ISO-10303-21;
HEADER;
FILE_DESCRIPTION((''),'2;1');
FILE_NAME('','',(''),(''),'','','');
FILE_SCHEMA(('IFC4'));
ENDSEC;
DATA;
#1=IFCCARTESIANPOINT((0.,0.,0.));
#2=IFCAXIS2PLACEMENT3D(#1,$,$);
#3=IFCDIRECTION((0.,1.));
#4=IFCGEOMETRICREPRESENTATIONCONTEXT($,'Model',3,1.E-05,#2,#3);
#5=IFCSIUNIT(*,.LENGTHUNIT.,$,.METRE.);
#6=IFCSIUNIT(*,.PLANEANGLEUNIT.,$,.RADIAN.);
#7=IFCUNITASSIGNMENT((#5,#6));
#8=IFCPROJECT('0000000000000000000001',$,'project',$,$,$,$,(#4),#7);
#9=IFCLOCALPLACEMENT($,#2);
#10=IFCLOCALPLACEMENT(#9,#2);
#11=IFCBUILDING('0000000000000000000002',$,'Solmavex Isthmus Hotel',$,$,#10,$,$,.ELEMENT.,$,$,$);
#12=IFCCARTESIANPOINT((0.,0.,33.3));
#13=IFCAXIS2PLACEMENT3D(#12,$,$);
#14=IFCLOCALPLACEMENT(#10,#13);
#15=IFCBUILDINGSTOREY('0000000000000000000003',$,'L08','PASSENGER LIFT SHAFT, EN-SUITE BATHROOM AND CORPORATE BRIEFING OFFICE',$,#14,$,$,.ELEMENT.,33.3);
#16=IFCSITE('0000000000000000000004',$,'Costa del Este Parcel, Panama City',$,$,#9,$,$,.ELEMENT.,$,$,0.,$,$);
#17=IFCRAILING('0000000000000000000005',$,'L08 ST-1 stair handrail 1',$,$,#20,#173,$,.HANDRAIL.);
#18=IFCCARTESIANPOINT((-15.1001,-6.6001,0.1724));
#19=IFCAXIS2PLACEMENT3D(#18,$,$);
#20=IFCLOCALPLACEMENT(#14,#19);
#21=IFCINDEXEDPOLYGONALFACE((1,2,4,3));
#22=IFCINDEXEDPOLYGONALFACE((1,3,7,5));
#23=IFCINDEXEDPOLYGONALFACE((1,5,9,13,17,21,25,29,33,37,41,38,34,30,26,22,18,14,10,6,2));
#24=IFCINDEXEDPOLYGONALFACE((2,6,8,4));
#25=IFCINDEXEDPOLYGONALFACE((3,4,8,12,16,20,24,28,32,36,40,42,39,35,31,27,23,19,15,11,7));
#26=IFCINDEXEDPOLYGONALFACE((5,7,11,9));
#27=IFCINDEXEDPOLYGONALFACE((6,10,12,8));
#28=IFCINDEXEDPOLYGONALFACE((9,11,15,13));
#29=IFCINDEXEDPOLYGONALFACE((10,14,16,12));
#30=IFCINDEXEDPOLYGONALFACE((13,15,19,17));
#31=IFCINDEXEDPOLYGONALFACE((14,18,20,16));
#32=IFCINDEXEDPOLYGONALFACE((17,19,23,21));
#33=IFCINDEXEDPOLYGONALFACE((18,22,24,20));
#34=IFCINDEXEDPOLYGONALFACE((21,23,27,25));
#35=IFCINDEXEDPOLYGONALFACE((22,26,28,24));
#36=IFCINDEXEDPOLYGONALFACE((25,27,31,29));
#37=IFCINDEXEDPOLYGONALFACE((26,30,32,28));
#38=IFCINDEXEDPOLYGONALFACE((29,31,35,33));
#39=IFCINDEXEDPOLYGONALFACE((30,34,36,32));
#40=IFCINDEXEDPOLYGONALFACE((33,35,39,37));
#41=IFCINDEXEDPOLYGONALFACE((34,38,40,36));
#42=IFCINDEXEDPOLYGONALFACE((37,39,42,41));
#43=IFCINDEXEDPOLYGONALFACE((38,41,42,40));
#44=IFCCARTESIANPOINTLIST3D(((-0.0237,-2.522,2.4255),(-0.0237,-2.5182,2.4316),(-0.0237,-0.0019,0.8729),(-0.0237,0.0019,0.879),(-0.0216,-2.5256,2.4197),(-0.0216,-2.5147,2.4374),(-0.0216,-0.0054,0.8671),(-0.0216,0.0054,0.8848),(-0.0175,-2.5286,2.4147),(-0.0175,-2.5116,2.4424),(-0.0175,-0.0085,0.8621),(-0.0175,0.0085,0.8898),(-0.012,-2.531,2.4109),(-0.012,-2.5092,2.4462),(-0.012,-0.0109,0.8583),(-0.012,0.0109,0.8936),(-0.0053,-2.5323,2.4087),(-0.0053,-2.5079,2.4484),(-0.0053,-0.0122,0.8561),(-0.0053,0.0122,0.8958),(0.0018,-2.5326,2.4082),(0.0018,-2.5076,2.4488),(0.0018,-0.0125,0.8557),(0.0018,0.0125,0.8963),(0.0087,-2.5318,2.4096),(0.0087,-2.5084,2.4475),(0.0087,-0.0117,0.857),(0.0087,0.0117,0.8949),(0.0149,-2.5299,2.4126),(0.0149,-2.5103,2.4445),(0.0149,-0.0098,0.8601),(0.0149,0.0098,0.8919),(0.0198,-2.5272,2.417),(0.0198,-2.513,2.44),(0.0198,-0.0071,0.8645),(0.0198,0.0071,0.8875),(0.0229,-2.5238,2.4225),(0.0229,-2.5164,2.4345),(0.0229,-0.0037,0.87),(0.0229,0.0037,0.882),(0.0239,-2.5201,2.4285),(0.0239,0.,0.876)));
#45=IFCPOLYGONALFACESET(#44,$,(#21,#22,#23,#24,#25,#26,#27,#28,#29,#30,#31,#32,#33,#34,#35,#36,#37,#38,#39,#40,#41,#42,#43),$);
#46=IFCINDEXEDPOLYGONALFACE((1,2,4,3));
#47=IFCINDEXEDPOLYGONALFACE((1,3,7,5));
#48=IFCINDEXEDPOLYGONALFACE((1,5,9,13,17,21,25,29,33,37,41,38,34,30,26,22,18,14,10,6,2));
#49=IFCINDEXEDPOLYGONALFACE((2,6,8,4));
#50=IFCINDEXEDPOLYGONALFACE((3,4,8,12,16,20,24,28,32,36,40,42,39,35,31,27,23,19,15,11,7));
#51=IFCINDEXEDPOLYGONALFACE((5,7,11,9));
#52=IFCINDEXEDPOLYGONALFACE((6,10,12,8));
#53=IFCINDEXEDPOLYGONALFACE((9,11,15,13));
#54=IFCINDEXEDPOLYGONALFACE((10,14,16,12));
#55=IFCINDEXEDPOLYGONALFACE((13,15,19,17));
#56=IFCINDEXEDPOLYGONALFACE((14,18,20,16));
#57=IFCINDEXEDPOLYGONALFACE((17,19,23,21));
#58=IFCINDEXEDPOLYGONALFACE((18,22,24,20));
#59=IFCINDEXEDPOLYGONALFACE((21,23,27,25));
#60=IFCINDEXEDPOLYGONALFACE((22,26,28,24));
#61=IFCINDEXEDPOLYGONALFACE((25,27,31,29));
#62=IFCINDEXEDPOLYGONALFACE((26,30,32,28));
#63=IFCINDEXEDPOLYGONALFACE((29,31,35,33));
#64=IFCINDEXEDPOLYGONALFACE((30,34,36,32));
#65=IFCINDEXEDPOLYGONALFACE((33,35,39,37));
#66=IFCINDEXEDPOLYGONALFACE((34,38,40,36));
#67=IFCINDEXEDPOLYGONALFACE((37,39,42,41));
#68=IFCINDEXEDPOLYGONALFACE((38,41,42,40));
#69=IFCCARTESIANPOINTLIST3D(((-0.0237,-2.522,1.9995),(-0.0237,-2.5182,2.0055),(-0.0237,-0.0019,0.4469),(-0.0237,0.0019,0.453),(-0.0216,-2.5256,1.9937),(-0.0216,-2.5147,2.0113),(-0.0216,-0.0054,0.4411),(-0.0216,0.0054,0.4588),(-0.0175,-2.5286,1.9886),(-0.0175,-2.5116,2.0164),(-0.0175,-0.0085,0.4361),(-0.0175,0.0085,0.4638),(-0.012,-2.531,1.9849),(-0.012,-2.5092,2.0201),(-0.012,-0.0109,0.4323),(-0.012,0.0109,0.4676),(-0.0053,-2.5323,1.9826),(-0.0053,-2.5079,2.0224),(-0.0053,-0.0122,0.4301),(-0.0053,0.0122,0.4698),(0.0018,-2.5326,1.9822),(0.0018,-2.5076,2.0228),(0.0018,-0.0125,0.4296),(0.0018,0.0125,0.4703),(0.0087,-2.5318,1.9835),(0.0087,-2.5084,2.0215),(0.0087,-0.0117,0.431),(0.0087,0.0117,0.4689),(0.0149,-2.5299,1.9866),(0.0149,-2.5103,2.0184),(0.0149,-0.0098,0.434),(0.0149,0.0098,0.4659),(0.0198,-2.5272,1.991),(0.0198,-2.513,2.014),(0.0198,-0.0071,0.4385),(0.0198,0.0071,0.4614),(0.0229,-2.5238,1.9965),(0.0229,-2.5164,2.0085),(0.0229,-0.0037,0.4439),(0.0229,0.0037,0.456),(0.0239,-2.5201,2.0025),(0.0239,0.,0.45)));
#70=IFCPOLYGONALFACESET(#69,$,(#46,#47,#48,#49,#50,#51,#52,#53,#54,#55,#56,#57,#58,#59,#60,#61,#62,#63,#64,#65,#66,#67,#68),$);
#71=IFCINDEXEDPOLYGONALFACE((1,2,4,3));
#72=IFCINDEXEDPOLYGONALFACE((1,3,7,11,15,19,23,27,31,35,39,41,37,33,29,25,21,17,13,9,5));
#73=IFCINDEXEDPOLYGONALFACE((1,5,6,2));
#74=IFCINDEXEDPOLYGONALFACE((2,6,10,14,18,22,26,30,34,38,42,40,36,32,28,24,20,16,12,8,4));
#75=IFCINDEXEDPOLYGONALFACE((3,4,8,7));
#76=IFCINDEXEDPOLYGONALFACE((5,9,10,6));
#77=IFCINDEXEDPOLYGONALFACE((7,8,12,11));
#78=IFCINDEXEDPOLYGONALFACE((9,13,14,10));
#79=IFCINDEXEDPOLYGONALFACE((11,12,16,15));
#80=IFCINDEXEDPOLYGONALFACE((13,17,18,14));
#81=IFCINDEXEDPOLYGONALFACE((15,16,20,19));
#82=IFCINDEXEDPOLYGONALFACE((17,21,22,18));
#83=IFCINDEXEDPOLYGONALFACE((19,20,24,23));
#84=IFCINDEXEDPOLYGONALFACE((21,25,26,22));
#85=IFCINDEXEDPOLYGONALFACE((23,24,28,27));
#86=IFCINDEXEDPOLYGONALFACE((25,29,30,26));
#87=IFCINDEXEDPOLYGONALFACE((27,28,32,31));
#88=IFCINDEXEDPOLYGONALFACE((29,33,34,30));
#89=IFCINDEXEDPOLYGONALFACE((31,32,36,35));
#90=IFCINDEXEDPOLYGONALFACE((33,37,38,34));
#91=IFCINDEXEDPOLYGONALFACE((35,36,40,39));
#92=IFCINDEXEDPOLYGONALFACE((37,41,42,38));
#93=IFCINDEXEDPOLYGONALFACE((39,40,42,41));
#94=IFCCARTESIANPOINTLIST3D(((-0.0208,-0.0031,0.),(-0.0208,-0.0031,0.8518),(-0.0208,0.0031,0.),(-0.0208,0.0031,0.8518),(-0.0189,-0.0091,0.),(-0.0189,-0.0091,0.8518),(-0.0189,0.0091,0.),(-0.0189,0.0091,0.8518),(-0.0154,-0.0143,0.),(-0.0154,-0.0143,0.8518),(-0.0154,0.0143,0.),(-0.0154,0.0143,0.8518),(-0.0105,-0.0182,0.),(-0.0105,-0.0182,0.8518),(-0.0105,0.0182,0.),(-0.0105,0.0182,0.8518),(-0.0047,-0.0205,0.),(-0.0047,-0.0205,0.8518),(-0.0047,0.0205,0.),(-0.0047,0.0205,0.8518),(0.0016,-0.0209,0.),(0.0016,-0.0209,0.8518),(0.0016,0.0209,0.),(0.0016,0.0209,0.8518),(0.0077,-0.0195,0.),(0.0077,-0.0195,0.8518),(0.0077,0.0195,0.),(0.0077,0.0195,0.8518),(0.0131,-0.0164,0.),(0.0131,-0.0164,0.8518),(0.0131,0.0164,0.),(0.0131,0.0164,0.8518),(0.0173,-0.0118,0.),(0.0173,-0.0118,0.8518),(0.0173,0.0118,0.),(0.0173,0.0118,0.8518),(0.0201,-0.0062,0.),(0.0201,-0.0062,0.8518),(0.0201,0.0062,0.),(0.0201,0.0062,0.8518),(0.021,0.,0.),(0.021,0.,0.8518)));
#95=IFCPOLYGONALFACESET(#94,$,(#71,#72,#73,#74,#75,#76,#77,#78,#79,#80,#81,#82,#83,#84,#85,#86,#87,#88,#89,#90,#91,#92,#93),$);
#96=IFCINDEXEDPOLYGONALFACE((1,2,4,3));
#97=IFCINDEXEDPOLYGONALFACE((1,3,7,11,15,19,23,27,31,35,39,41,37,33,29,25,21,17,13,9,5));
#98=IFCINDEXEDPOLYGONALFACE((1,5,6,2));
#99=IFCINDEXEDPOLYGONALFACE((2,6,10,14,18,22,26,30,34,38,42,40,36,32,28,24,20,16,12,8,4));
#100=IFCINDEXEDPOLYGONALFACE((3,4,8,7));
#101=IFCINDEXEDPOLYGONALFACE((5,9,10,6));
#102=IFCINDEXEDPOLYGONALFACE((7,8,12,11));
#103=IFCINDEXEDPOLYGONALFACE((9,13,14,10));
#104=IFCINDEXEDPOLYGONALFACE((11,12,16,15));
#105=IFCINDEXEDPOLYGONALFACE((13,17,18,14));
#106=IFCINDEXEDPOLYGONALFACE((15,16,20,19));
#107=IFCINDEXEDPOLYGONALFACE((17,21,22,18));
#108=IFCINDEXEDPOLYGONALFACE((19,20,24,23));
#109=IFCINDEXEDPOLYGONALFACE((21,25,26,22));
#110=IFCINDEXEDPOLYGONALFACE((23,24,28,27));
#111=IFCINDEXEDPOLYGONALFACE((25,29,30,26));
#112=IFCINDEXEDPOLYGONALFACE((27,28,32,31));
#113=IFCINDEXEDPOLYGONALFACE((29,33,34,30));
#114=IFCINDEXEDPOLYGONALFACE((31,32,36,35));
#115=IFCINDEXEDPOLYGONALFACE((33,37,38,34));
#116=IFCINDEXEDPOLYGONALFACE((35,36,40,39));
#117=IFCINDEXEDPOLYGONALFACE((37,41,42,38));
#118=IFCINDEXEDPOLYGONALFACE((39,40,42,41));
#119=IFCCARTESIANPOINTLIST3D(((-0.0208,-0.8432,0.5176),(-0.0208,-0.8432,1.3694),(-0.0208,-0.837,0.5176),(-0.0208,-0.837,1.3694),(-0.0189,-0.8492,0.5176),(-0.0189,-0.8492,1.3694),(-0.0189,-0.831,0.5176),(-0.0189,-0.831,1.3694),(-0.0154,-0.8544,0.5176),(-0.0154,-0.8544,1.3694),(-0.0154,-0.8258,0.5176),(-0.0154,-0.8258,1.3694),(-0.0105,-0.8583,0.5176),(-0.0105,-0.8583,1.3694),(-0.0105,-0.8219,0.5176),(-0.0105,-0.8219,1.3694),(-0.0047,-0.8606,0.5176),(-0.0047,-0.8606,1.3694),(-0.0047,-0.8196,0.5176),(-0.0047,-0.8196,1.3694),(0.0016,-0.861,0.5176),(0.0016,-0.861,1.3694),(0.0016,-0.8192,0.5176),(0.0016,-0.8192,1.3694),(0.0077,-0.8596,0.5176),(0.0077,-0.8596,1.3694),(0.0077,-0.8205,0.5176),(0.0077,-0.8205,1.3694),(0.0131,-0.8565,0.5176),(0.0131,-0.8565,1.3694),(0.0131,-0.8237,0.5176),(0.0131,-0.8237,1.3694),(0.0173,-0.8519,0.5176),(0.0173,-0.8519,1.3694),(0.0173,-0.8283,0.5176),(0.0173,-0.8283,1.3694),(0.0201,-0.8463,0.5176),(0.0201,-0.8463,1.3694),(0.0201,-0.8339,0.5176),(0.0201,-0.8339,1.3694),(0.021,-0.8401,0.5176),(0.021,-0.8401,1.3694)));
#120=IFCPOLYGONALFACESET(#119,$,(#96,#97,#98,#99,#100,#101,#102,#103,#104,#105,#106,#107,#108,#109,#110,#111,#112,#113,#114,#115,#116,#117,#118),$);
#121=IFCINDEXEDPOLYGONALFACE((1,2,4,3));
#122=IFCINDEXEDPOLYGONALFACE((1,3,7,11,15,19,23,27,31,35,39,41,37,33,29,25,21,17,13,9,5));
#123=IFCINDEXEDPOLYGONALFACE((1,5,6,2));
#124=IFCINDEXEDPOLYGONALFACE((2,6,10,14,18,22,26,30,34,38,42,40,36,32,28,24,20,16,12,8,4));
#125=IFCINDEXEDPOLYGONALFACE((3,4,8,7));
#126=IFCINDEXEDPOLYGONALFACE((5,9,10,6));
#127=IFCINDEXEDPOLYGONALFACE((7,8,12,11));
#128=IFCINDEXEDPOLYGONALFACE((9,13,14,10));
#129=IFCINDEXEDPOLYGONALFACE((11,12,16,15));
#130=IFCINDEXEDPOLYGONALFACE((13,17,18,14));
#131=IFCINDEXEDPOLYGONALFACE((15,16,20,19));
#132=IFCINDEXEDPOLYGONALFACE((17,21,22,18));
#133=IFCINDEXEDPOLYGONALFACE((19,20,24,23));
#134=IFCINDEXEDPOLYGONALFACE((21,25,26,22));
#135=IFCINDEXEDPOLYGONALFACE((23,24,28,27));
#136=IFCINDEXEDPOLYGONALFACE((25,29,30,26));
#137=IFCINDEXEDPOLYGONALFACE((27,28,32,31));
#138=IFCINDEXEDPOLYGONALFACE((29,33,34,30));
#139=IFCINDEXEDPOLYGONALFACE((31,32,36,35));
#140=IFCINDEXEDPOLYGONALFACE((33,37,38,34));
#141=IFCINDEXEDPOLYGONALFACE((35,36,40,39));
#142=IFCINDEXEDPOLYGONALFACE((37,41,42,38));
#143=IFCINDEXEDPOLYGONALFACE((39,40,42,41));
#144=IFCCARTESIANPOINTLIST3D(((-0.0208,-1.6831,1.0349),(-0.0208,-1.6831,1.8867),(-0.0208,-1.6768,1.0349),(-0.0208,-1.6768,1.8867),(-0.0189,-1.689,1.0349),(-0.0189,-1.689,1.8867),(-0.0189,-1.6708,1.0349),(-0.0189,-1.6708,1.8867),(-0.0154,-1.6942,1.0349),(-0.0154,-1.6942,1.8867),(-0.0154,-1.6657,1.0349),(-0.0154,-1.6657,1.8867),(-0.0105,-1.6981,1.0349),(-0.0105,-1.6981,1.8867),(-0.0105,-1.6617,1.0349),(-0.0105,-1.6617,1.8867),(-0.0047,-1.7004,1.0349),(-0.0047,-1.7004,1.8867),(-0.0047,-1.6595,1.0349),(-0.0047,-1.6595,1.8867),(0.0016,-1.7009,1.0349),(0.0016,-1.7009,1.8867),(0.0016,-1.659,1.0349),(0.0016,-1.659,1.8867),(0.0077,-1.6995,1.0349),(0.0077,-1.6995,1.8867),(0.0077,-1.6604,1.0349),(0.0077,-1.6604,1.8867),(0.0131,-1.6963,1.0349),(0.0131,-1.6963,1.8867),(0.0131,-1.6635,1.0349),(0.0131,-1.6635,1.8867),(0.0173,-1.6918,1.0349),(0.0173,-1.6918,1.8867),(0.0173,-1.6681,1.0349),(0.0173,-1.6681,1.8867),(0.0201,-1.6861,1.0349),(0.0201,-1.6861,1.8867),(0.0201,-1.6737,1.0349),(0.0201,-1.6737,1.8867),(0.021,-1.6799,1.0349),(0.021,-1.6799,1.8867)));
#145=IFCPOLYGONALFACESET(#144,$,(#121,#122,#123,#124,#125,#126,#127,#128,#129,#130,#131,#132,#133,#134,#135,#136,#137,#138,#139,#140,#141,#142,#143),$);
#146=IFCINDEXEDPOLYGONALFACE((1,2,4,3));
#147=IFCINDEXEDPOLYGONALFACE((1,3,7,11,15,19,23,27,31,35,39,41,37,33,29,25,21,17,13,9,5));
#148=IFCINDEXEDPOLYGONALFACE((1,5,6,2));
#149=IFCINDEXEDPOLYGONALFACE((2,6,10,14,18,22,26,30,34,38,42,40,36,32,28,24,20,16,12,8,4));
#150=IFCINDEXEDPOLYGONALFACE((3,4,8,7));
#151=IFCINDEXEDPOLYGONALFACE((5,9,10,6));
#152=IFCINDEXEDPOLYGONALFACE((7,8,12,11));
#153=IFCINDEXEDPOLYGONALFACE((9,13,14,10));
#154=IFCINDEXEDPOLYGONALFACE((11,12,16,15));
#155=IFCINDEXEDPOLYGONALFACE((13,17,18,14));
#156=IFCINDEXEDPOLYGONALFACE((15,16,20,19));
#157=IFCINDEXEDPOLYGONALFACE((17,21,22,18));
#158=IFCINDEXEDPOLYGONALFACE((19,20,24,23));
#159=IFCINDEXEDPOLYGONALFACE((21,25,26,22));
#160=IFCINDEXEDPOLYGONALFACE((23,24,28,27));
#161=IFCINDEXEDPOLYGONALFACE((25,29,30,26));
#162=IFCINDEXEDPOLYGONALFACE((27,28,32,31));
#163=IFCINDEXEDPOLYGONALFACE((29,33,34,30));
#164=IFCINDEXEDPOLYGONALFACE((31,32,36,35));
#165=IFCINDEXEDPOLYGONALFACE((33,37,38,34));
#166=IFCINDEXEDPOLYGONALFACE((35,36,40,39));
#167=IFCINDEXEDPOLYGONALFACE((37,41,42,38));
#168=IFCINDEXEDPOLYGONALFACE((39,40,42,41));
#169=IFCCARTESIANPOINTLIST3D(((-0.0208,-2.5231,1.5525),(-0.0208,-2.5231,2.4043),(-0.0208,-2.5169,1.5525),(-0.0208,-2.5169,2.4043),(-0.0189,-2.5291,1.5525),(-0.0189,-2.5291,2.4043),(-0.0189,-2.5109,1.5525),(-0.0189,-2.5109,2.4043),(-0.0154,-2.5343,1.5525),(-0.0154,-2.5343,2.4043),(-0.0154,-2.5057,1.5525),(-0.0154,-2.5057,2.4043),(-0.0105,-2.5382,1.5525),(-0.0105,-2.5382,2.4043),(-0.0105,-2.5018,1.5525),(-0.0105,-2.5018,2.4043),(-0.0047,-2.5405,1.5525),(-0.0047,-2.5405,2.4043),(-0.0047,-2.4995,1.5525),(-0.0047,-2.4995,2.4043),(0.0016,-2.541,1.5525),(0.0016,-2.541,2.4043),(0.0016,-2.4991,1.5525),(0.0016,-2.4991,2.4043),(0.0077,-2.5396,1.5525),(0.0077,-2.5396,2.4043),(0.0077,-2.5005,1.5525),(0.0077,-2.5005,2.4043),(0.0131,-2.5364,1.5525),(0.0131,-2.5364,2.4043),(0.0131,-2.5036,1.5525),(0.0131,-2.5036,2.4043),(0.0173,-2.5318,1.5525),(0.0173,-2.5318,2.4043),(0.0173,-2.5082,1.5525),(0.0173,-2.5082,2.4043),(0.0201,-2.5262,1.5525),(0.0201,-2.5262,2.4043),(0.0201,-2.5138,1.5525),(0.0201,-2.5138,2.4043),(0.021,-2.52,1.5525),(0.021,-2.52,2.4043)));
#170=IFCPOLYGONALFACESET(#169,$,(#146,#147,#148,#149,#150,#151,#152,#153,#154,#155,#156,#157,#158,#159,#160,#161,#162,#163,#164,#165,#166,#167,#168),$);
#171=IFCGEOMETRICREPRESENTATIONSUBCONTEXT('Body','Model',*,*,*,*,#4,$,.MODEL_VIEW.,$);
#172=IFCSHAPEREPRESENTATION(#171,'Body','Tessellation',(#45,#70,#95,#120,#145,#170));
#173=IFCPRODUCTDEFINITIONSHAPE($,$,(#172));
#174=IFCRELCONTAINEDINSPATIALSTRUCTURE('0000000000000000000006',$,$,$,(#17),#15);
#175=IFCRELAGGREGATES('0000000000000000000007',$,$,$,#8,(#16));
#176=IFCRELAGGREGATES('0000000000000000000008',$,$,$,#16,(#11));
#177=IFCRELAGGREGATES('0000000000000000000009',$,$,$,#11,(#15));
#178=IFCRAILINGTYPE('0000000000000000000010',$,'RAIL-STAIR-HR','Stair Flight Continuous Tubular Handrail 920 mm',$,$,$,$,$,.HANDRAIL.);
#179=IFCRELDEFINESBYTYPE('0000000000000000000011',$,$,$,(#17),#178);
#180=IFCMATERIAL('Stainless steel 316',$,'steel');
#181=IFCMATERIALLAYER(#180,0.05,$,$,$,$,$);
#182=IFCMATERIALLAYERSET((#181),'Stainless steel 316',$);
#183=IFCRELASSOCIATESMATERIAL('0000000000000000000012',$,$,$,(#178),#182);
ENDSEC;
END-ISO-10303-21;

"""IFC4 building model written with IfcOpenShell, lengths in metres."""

from ifc_helpers import new_model, si_unit, direction, frame, origin, origin_2d, place, context, subcontext, project, spatial, circle, extrude, material, layer, layer_set, type_object, element, save


model = new_model("IFC4")

# Units and contexts
model_context = context("Model", 3, precision=1e-05, world=origin(), true_north=direction((0.0, 1.0)))
body_context = subcontext(model_context, "Body", "Model", "MODEL_VIEW")
ifc_project = project(units=[si_unit("LENGTHUNIT", "METRE"), si_unit("PLANEANGLEUNIT", "RADIAN")], contexts=[model_context])

# Site, building, storey
site_placement = place(None, origin())
site = spatial("IfcSite", under=ifc_project, at=site_placement, Name="Costa del Este Parcel, Panama City", CompositionType="ELEMENT", RefElevation=0.0)
building_placement = place(site_placement, origin())
building = spatial("IfcBuilding", under=site, at=building_placement, Name="Solmavex Isthmus Hotel", CompositionType="ELEMENT")
storey_placement = place(building_placement, frame((0.0, 0.0, 33.3)))
storey = spatial("IfcBuildingStorey", under=building, at=storey_placement, Name="L08", Description="PASSENGER LIFT SHAFT, EN-SUITE BATHROOM AND CORPORATE BRIEFING OFFICE", CompositionType="ELEMENT", Elevation=33.3)

# Railing
ifc_material_1 = material(Name="Stainless steel 316", Category="steel")
ifc_layer_1 = layer(ifc_material_1, 0.05)
ifc_layer_set_1 = layer_set([ifc_layer_1], Name="Stainless steel 316")
railing_type = type_object("IfcRailingType", Name="RAIL-STAIR-HR", Description="Stair Flight Continuous Tubular Handrail 920 mm", PredefinedType="HANDRAIL", material=ifc_layer_set_1)
railing_placement = place(storey_placement, frame((-15.1001, -6.6001, 0.1724)))
element("IfcRailing", 1, at=railing_placement, inside=storey, type_object=railing_type, Name="L08 ST-1 stair handrail 1", PredefinedType="HANDRAIL", context=body_context, shape_type="SweptSolid", body=[
    extrude(circle(Radius=0.0239, at=origin_2d()), frame((0.0, 0.0, 0.876), z_axis=(0.0, -0.8514, 0.524516), x_axis=(1.0, 0.0, 0.0)), (0.0, 0.0, 1.0), 2.96),
    extrude(circle(Radius=0.0239, at=origin_2d()), frame((0.0, 0.0, 0.45), z_axis=(0.0, -0.8514, 0.524516), x_axis=(1.0, 0.0, 0.0)), (0.0, 0.0, 1.0), 2.96),
    extrude(circle(Radius=0.021, at=origin_2d()), origin(), (0.0, 0.0, 1.0), 0.8518),
    extrude(circle(Radius=0.021, at=origin_2d()), frame((0.0, -0.8401, 0.5176)), (0.0, 0.0, 1.0), 0.8518),
    extrude(circle(Radius=0.021, at=origin_2d()), frame((0.0, -1.6799, 1.0349)), (0.0, 0.0, 1.0), 0.8518),
    extrude(circle(Radius=0.021, at=origin_2d()), frame((0.0, -2.52, 1.5525)), (0.0, 0.0, 1.0), 0.8518),
])

save(model, "model.ifc")
